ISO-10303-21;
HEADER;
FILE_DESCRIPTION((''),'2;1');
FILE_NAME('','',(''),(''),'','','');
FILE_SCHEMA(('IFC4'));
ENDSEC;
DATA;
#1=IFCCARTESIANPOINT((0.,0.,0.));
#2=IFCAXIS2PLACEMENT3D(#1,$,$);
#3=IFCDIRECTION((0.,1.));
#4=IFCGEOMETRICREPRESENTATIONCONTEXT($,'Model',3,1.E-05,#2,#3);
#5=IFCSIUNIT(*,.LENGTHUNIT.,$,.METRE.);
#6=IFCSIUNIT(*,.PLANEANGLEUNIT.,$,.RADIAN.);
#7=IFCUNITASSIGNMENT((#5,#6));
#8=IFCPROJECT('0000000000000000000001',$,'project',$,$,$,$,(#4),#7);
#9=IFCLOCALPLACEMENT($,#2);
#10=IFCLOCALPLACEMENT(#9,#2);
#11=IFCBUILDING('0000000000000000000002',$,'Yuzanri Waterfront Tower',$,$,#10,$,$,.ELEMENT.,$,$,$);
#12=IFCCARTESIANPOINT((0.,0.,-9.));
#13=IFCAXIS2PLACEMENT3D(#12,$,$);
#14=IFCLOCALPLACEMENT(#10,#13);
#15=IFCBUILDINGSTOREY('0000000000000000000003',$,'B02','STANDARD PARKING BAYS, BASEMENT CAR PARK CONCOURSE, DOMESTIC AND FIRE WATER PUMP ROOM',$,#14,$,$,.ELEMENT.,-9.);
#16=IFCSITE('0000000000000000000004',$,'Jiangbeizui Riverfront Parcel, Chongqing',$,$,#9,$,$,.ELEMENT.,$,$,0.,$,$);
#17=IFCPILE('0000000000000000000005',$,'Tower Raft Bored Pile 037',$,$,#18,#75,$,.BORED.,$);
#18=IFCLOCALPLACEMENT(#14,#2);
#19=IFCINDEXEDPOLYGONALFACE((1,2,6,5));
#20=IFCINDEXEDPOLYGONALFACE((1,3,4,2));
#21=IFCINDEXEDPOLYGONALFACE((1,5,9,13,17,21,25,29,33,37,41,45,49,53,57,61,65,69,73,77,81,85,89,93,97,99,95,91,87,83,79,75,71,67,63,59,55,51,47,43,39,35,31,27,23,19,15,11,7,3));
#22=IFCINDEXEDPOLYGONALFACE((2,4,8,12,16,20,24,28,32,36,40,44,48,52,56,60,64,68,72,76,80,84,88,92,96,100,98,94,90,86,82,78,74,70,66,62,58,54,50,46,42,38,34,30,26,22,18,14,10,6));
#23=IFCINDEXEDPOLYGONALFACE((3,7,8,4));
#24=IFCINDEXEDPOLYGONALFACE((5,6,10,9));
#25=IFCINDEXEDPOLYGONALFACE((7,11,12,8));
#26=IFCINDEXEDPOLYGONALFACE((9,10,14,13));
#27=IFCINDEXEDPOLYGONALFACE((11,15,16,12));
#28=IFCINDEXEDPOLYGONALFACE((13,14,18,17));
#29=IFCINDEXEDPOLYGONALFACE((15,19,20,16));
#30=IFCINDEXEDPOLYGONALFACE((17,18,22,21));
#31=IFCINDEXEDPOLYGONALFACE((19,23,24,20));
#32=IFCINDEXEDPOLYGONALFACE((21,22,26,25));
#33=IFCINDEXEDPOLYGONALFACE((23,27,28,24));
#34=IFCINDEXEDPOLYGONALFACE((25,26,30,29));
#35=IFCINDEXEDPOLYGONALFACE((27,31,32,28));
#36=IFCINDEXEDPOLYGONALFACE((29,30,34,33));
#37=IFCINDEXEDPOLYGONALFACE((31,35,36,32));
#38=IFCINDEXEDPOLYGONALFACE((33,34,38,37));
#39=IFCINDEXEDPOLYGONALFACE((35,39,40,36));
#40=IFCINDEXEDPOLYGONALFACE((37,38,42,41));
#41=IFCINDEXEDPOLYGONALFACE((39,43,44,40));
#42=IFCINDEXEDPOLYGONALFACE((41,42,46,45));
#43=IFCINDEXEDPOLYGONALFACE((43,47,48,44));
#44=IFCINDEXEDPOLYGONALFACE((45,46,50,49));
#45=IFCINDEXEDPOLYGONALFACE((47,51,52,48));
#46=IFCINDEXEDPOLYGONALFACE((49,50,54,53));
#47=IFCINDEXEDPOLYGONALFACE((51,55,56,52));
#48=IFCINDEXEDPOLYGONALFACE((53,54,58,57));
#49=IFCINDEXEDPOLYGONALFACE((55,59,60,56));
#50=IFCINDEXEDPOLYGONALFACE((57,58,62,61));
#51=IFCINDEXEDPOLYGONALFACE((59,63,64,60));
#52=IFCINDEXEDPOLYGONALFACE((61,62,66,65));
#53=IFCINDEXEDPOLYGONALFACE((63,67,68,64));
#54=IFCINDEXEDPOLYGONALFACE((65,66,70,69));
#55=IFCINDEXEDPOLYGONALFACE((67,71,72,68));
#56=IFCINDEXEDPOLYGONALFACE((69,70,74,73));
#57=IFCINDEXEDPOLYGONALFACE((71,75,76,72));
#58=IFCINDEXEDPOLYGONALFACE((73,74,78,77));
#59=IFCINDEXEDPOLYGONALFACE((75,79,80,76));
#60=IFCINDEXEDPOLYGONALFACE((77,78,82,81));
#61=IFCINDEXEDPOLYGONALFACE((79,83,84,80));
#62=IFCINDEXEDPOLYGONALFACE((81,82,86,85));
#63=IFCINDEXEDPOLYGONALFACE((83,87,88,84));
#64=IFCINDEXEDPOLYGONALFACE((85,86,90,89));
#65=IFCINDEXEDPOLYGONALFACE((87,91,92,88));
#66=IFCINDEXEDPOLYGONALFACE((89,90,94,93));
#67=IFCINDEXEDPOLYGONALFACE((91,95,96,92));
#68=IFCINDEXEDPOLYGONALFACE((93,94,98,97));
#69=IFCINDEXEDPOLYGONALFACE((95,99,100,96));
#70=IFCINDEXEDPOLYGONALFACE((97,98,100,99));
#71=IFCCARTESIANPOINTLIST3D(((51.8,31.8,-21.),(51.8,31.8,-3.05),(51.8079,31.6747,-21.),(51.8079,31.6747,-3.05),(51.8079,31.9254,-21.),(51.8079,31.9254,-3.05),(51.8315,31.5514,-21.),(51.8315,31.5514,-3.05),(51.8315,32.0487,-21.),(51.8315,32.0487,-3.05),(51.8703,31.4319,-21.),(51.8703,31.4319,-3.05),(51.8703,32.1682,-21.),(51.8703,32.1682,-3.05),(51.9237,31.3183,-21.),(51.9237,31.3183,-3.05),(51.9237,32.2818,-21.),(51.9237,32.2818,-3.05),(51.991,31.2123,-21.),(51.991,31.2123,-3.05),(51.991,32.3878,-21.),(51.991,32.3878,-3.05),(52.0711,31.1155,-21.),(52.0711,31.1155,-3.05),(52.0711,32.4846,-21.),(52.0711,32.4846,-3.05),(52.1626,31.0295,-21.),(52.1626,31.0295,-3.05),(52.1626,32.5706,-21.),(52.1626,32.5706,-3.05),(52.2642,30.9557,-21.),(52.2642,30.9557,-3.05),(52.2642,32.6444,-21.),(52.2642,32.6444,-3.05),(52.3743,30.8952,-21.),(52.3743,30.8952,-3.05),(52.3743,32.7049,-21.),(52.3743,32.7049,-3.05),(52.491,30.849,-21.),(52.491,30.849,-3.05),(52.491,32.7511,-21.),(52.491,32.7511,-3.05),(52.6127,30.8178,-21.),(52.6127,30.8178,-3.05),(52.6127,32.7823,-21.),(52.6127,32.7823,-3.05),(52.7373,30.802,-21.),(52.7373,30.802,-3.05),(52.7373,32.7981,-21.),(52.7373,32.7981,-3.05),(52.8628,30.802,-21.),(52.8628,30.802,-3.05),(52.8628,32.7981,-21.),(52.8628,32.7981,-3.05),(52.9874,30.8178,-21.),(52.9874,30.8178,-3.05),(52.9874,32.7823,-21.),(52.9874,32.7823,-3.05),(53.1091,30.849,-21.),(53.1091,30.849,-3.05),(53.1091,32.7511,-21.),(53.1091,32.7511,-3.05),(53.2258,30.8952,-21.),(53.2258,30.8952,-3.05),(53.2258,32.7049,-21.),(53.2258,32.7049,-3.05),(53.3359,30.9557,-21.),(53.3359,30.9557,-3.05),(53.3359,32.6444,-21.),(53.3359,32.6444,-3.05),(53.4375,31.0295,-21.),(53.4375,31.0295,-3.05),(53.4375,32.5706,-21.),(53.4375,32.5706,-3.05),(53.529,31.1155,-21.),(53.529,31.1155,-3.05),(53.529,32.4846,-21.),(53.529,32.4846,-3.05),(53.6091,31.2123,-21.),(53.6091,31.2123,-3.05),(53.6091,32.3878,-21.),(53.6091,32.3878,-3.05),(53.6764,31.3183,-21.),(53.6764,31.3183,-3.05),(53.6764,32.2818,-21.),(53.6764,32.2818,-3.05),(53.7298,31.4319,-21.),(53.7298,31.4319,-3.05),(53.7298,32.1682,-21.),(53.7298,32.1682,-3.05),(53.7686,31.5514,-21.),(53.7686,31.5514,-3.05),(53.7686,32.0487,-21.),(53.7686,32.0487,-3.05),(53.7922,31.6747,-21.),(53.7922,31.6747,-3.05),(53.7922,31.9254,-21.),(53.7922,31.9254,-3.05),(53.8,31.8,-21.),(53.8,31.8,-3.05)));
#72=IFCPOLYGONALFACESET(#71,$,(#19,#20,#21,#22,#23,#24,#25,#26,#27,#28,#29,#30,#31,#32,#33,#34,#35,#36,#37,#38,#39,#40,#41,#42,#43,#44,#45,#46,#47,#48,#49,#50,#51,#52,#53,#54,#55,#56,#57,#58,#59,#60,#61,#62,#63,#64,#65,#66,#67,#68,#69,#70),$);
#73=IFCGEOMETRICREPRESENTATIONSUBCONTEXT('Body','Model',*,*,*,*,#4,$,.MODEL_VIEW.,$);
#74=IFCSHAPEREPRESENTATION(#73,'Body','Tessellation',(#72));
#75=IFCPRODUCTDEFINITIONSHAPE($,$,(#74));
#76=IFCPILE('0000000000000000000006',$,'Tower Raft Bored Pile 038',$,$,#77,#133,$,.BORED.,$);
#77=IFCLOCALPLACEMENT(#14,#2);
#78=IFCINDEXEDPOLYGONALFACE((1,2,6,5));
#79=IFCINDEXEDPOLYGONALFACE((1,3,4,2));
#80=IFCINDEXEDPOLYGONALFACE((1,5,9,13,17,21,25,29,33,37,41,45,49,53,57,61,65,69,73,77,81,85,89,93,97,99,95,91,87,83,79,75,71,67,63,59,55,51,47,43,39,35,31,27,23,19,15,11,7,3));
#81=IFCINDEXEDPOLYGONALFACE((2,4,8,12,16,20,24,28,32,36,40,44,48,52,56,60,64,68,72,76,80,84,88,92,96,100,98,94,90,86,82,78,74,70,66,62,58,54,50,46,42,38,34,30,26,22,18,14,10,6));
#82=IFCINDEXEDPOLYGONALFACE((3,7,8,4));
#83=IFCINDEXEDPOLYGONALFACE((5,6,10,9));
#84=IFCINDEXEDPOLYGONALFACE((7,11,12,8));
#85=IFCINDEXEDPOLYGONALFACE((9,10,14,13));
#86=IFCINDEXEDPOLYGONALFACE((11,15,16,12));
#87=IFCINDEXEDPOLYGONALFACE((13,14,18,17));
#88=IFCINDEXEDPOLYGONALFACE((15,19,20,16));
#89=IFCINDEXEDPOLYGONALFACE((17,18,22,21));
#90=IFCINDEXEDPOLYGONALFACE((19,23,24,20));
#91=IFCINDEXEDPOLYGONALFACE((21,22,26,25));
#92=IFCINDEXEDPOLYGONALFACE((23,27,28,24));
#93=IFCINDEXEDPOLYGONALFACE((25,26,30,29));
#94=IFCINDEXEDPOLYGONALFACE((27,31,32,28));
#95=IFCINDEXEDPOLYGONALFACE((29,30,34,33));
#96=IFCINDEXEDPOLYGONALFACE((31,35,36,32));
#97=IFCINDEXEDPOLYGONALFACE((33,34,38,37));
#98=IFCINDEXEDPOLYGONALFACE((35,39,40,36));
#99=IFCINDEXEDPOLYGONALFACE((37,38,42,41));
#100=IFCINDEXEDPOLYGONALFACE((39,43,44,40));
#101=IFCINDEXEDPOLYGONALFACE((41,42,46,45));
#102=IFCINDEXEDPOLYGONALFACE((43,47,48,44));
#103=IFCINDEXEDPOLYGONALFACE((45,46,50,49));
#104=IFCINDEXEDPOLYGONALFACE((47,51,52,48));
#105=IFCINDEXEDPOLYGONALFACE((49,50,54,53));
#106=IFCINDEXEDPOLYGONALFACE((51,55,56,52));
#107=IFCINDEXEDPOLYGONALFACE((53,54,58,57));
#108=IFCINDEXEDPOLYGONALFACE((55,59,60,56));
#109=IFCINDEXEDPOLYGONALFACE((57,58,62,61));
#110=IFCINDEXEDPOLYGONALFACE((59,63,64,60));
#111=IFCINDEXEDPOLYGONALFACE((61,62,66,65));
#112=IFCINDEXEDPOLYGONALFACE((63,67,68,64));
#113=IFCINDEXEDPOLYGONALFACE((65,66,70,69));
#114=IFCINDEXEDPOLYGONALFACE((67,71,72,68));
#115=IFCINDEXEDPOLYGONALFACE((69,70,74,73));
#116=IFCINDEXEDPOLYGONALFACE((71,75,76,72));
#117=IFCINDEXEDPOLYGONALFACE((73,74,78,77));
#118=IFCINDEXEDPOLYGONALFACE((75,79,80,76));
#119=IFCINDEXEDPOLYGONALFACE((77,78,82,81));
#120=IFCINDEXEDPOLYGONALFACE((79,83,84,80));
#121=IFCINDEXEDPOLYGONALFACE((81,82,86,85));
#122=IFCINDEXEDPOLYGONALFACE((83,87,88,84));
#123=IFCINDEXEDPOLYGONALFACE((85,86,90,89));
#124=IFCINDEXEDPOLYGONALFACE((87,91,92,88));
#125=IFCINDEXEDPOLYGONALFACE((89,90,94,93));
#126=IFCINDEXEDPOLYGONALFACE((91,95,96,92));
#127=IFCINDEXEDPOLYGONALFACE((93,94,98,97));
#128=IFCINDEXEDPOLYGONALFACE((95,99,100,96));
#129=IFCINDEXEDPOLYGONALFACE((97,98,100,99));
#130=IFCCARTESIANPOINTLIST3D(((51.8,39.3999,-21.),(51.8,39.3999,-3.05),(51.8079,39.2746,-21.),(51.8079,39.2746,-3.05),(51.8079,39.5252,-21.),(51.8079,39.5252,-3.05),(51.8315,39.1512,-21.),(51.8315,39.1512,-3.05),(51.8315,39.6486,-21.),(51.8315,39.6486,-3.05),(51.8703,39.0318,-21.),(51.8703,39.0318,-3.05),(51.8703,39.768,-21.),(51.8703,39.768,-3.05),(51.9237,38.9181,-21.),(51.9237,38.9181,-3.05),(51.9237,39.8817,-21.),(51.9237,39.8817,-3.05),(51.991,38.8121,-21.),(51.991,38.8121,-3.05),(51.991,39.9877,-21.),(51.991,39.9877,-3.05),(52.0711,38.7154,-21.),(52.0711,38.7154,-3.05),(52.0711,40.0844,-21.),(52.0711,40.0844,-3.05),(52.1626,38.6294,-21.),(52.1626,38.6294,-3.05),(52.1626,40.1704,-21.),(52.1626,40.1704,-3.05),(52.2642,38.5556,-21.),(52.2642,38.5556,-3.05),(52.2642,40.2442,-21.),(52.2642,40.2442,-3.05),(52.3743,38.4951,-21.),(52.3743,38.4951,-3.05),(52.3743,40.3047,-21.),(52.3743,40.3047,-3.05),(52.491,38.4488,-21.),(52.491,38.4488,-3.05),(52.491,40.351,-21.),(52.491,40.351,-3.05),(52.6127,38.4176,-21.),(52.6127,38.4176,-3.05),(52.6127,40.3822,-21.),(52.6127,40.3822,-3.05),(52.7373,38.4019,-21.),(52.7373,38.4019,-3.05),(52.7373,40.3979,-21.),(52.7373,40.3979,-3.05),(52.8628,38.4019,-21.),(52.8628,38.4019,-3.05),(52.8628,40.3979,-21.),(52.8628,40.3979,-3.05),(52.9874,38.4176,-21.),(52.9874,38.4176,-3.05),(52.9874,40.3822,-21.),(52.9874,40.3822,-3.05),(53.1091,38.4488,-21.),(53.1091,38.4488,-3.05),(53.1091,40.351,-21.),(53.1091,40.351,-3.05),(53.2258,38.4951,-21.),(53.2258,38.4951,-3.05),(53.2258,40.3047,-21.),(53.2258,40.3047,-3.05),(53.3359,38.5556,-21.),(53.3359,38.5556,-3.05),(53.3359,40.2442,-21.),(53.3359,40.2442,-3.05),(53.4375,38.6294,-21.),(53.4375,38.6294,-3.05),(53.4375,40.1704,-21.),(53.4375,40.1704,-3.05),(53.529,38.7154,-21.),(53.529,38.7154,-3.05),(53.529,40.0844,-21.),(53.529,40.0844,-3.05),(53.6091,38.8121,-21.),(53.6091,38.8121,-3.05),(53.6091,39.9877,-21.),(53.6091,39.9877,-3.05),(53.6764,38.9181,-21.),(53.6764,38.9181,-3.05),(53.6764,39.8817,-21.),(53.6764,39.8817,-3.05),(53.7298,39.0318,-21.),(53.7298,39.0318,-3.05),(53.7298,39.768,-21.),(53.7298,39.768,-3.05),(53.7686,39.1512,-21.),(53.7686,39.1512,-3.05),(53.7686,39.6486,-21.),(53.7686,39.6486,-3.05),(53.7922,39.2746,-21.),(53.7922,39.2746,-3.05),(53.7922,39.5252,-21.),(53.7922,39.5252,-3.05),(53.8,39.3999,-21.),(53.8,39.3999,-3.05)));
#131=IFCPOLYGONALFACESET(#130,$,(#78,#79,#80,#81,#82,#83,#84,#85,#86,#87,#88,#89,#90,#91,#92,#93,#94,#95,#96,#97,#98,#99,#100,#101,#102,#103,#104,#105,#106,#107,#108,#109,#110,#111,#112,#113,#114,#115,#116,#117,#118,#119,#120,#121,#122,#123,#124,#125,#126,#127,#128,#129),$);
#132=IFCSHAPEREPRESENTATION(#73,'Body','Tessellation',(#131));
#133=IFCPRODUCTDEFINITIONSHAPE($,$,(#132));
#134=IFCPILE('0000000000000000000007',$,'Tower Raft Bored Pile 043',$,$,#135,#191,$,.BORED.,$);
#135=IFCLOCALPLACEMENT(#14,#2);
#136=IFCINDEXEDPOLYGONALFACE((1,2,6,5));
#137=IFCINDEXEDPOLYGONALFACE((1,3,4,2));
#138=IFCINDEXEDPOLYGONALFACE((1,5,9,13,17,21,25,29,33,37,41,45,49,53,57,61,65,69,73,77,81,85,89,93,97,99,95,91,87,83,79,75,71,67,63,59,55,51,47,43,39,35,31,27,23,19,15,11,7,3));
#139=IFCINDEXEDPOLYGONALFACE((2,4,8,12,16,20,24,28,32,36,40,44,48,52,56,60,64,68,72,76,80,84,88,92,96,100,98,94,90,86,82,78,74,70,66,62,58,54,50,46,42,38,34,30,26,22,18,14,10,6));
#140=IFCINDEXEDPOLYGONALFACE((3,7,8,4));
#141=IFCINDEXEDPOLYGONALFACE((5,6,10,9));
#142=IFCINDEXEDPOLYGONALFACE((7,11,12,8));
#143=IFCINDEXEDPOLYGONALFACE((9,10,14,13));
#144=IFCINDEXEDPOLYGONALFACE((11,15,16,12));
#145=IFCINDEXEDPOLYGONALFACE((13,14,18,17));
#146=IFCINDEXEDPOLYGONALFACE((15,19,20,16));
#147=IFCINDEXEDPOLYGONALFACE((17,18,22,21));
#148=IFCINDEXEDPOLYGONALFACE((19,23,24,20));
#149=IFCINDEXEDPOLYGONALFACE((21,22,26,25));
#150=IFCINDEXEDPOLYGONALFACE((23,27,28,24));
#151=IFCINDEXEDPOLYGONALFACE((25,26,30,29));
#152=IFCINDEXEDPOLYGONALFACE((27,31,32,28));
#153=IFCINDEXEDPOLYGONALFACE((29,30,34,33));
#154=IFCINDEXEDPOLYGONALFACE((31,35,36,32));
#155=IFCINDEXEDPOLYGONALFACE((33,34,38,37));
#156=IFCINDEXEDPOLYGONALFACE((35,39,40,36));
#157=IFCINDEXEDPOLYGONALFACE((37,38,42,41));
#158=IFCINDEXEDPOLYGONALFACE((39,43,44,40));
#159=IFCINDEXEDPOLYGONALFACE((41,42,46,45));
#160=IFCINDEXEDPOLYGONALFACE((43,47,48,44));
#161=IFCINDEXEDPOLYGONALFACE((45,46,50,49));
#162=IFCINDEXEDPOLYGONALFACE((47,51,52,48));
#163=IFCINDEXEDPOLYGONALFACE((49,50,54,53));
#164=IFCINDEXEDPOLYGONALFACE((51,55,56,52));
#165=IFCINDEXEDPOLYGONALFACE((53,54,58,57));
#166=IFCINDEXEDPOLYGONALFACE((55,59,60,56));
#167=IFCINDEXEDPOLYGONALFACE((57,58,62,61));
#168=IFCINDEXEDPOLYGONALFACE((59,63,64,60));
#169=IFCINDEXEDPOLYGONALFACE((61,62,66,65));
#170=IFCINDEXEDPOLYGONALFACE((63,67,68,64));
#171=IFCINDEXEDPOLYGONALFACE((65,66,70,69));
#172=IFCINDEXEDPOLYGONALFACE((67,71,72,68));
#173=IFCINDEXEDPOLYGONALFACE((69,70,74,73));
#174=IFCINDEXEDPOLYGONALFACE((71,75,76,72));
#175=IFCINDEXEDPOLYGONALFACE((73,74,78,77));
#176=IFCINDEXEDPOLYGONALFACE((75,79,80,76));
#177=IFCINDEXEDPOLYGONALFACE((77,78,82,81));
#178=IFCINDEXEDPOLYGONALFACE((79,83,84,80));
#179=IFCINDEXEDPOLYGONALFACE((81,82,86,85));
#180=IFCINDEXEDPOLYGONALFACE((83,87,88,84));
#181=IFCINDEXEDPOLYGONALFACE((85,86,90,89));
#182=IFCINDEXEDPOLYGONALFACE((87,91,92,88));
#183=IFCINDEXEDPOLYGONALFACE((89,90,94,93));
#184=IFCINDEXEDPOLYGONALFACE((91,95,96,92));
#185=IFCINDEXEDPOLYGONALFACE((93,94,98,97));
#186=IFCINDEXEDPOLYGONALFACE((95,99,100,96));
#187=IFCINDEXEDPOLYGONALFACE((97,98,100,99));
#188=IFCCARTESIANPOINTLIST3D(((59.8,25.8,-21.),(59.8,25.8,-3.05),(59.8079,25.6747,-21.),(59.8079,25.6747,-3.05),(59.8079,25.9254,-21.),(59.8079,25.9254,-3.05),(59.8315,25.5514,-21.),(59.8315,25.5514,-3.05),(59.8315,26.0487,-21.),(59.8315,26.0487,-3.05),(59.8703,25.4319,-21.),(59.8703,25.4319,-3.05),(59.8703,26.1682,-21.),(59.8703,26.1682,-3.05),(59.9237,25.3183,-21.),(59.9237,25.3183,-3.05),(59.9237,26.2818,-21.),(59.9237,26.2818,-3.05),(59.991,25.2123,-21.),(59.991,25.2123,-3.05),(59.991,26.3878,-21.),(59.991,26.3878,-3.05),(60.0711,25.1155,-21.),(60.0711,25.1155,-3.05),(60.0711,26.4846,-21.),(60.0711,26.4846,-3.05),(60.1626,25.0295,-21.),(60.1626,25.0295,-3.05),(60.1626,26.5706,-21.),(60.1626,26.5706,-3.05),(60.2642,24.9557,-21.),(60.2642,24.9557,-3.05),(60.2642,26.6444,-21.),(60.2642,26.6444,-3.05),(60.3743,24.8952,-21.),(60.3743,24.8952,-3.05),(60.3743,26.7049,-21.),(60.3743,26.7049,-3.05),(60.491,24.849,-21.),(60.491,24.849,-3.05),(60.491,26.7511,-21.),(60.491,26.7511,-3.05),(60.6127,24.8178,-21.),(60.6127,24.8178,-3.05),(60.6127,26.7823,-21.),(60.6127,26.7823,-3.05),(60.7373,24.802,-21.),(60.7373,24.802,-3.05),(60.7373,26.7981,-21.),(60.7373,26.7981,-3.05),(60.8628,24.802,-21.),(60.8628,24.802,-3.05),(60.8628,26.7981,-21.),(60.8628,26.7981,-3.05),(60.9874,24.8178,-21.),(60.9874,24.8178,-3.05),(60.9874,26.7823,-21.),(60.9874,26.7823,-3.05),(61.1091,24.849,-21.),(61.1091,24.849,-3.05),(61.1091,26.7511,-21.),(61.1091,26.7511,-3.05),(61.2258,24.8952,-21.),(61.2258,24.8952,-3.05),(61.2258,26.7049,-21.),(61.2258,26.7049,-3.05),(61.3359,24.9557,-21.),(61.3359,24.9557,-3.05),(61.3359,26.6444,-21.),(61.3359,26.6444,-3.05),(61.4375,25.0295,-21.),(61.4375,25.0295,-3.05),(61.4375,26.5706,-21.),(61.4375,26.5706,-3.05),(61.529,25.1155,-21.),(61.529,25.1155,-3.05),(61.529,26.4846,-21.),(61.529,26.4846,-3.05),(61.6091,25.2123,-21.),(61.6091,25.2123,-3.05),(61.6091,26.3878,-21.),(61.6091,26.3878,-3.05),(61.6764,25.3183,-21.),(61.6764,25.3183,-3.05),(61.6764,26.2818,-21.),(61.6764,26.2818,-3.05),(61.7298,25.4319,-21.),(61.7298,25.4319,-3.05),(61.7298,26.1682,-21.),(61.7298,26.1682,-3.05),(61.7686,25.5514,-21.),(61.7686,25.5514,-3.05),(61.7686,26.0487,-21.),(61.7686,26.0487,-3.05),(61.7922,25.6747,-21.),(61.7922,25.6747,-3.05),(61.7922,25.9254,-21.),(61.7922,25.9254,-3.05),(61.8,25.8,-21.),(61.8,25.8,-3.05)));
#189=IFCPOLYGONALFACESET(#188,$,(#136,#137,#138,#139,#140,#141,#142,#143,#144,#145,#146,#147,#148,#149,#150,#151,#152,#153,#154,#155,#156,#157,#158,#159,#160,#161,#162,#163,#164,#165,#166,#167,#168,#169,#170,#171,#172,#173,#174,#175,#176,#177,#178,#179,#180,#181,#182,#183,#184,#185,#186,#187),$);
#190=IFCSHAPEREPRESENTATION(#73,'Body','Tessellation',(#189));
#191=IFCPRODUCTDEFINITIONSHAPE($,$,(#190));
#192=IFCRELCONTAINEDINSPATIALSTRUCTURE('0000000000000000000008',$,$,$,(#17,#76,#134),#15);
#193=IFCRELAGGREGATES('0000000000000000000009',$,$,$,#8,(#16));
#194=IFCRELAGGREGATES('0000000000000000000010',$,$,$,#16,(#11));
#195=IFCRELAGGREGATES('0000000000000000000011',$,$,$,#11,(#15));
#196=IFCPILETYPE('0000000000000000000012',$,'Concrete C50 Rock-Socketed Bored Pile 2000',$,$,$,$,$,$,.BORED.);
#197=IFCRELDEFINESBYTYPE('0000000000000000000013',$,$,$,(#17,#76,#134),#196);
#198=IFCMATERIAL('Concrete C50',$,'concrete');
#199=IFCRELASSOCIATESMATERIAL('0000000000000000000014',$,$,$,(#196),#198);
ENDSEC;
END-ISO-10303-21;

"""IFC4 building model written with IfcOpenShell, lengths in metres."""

from ifc_helpers import new_model, si_unit, direction, frame, origin, origin_2d, place, context, subcontext, project, spatial, circle, extrude, source, transform, mapped, material, material_profile, profile_set, type_object, element, save


model = new_model("IFC4")

# Units and contexts
model_context = context("Model", 3, precision=1e-05, world=origin(), true_north=direction((0.0, 1.0)))
body_context = subcontext(model_context, "Body", "Model", "MODEL_VIEW")
ifc_project = project(units=[si_unit("LENGTHUNIT", "METRE"), si_unit("PLANEANGLEUNIT", "RADIAN")], contexts=[model_context])

# Site, building, storey
site_placement = place(None, origin())
site = spatial("IfcSite", under=ifc_project, at=site_placement, Name="Jiangbeizui Riverfront Parcel, Chongqing", CompositionType="ELEMENT", RefElevation=0.0)
building_placement = place(site_placement, origin())
building = spatial("IfcBuilding", under=site, at=building_placement, Name="Yuzanri Waterfront Tower", CompositionType="ELEMENT")
storey_placement = place(building_placement, frame((0.0, 0.0, -9.0)))
storey = spatial("IfcBuildingStorey", under=building, at=storey_placement, Name="B02", Description="STANDARD PARKING BAYS, BASEMENT CAR PARK CONCOURSE, DOMESTIC AND FIRE WATER PUMP ROOM", CompositionType="ELEMENT", Elevation=-9.0)

# Piles
ifc_material_1 = material(Name="Concrete C50", Category="concrete")
ifc_material_profile_1 = material_profile(ifc_material_1, circle(Radius=1.0, at=origin_2d()), Name="PILE D2000")
ifc_profile_set_1 = profile_set([ifc_material_profile_1], Name="Concrete C50")
pile_type_1 = type_object("IfcPileType", Name="Concrete C50 Rock-Socketed Bored Pile 2000", PredefinedType="BORED", material=ifc_profile_set_1)
shared_shape_1 = source(origin(), body_context, "Body", "SweptSolid", [
    extrude(circle(Radius=1.0, at=origin_2d()), origin(), (0.0, 0.0, 1.0), 17.95),
])
for number, where, z_axis, x_axis, name in (
    (1, (52.8, 31.8, -3.05), (0.0, 0.0, -1.0), (1.0, 0.0, 0.0), "Tower Raft Bored Pile 037"),
    (2, (52.8, 39.3999, -3.05), (0.0, 0.0, -1.0), (1.0, 0.0, 0.0), "Tower Raft Bored Pile 038"),
    (3, (60.8, 25.8, -3.05), (0.0, 0.0, -1.0), (1.0, 0.0, 0.0), "Tower Raft Bored Pile 043"),
):
    element("IfcPile", number, at=place(storey_placement, frame(where, z_axis=z_axis, x_axis=x_axis)), inside=storey, type_object=pile_type_1, Name=name, PredefinedType="BORED", context=body_context, shape_type="MappedRepresentation", body=[
        mapped(shared_shape_1, transform((0.0, 0.0, 0.0), scale=1.0)),
    ])

save(model, "model.ifc")
